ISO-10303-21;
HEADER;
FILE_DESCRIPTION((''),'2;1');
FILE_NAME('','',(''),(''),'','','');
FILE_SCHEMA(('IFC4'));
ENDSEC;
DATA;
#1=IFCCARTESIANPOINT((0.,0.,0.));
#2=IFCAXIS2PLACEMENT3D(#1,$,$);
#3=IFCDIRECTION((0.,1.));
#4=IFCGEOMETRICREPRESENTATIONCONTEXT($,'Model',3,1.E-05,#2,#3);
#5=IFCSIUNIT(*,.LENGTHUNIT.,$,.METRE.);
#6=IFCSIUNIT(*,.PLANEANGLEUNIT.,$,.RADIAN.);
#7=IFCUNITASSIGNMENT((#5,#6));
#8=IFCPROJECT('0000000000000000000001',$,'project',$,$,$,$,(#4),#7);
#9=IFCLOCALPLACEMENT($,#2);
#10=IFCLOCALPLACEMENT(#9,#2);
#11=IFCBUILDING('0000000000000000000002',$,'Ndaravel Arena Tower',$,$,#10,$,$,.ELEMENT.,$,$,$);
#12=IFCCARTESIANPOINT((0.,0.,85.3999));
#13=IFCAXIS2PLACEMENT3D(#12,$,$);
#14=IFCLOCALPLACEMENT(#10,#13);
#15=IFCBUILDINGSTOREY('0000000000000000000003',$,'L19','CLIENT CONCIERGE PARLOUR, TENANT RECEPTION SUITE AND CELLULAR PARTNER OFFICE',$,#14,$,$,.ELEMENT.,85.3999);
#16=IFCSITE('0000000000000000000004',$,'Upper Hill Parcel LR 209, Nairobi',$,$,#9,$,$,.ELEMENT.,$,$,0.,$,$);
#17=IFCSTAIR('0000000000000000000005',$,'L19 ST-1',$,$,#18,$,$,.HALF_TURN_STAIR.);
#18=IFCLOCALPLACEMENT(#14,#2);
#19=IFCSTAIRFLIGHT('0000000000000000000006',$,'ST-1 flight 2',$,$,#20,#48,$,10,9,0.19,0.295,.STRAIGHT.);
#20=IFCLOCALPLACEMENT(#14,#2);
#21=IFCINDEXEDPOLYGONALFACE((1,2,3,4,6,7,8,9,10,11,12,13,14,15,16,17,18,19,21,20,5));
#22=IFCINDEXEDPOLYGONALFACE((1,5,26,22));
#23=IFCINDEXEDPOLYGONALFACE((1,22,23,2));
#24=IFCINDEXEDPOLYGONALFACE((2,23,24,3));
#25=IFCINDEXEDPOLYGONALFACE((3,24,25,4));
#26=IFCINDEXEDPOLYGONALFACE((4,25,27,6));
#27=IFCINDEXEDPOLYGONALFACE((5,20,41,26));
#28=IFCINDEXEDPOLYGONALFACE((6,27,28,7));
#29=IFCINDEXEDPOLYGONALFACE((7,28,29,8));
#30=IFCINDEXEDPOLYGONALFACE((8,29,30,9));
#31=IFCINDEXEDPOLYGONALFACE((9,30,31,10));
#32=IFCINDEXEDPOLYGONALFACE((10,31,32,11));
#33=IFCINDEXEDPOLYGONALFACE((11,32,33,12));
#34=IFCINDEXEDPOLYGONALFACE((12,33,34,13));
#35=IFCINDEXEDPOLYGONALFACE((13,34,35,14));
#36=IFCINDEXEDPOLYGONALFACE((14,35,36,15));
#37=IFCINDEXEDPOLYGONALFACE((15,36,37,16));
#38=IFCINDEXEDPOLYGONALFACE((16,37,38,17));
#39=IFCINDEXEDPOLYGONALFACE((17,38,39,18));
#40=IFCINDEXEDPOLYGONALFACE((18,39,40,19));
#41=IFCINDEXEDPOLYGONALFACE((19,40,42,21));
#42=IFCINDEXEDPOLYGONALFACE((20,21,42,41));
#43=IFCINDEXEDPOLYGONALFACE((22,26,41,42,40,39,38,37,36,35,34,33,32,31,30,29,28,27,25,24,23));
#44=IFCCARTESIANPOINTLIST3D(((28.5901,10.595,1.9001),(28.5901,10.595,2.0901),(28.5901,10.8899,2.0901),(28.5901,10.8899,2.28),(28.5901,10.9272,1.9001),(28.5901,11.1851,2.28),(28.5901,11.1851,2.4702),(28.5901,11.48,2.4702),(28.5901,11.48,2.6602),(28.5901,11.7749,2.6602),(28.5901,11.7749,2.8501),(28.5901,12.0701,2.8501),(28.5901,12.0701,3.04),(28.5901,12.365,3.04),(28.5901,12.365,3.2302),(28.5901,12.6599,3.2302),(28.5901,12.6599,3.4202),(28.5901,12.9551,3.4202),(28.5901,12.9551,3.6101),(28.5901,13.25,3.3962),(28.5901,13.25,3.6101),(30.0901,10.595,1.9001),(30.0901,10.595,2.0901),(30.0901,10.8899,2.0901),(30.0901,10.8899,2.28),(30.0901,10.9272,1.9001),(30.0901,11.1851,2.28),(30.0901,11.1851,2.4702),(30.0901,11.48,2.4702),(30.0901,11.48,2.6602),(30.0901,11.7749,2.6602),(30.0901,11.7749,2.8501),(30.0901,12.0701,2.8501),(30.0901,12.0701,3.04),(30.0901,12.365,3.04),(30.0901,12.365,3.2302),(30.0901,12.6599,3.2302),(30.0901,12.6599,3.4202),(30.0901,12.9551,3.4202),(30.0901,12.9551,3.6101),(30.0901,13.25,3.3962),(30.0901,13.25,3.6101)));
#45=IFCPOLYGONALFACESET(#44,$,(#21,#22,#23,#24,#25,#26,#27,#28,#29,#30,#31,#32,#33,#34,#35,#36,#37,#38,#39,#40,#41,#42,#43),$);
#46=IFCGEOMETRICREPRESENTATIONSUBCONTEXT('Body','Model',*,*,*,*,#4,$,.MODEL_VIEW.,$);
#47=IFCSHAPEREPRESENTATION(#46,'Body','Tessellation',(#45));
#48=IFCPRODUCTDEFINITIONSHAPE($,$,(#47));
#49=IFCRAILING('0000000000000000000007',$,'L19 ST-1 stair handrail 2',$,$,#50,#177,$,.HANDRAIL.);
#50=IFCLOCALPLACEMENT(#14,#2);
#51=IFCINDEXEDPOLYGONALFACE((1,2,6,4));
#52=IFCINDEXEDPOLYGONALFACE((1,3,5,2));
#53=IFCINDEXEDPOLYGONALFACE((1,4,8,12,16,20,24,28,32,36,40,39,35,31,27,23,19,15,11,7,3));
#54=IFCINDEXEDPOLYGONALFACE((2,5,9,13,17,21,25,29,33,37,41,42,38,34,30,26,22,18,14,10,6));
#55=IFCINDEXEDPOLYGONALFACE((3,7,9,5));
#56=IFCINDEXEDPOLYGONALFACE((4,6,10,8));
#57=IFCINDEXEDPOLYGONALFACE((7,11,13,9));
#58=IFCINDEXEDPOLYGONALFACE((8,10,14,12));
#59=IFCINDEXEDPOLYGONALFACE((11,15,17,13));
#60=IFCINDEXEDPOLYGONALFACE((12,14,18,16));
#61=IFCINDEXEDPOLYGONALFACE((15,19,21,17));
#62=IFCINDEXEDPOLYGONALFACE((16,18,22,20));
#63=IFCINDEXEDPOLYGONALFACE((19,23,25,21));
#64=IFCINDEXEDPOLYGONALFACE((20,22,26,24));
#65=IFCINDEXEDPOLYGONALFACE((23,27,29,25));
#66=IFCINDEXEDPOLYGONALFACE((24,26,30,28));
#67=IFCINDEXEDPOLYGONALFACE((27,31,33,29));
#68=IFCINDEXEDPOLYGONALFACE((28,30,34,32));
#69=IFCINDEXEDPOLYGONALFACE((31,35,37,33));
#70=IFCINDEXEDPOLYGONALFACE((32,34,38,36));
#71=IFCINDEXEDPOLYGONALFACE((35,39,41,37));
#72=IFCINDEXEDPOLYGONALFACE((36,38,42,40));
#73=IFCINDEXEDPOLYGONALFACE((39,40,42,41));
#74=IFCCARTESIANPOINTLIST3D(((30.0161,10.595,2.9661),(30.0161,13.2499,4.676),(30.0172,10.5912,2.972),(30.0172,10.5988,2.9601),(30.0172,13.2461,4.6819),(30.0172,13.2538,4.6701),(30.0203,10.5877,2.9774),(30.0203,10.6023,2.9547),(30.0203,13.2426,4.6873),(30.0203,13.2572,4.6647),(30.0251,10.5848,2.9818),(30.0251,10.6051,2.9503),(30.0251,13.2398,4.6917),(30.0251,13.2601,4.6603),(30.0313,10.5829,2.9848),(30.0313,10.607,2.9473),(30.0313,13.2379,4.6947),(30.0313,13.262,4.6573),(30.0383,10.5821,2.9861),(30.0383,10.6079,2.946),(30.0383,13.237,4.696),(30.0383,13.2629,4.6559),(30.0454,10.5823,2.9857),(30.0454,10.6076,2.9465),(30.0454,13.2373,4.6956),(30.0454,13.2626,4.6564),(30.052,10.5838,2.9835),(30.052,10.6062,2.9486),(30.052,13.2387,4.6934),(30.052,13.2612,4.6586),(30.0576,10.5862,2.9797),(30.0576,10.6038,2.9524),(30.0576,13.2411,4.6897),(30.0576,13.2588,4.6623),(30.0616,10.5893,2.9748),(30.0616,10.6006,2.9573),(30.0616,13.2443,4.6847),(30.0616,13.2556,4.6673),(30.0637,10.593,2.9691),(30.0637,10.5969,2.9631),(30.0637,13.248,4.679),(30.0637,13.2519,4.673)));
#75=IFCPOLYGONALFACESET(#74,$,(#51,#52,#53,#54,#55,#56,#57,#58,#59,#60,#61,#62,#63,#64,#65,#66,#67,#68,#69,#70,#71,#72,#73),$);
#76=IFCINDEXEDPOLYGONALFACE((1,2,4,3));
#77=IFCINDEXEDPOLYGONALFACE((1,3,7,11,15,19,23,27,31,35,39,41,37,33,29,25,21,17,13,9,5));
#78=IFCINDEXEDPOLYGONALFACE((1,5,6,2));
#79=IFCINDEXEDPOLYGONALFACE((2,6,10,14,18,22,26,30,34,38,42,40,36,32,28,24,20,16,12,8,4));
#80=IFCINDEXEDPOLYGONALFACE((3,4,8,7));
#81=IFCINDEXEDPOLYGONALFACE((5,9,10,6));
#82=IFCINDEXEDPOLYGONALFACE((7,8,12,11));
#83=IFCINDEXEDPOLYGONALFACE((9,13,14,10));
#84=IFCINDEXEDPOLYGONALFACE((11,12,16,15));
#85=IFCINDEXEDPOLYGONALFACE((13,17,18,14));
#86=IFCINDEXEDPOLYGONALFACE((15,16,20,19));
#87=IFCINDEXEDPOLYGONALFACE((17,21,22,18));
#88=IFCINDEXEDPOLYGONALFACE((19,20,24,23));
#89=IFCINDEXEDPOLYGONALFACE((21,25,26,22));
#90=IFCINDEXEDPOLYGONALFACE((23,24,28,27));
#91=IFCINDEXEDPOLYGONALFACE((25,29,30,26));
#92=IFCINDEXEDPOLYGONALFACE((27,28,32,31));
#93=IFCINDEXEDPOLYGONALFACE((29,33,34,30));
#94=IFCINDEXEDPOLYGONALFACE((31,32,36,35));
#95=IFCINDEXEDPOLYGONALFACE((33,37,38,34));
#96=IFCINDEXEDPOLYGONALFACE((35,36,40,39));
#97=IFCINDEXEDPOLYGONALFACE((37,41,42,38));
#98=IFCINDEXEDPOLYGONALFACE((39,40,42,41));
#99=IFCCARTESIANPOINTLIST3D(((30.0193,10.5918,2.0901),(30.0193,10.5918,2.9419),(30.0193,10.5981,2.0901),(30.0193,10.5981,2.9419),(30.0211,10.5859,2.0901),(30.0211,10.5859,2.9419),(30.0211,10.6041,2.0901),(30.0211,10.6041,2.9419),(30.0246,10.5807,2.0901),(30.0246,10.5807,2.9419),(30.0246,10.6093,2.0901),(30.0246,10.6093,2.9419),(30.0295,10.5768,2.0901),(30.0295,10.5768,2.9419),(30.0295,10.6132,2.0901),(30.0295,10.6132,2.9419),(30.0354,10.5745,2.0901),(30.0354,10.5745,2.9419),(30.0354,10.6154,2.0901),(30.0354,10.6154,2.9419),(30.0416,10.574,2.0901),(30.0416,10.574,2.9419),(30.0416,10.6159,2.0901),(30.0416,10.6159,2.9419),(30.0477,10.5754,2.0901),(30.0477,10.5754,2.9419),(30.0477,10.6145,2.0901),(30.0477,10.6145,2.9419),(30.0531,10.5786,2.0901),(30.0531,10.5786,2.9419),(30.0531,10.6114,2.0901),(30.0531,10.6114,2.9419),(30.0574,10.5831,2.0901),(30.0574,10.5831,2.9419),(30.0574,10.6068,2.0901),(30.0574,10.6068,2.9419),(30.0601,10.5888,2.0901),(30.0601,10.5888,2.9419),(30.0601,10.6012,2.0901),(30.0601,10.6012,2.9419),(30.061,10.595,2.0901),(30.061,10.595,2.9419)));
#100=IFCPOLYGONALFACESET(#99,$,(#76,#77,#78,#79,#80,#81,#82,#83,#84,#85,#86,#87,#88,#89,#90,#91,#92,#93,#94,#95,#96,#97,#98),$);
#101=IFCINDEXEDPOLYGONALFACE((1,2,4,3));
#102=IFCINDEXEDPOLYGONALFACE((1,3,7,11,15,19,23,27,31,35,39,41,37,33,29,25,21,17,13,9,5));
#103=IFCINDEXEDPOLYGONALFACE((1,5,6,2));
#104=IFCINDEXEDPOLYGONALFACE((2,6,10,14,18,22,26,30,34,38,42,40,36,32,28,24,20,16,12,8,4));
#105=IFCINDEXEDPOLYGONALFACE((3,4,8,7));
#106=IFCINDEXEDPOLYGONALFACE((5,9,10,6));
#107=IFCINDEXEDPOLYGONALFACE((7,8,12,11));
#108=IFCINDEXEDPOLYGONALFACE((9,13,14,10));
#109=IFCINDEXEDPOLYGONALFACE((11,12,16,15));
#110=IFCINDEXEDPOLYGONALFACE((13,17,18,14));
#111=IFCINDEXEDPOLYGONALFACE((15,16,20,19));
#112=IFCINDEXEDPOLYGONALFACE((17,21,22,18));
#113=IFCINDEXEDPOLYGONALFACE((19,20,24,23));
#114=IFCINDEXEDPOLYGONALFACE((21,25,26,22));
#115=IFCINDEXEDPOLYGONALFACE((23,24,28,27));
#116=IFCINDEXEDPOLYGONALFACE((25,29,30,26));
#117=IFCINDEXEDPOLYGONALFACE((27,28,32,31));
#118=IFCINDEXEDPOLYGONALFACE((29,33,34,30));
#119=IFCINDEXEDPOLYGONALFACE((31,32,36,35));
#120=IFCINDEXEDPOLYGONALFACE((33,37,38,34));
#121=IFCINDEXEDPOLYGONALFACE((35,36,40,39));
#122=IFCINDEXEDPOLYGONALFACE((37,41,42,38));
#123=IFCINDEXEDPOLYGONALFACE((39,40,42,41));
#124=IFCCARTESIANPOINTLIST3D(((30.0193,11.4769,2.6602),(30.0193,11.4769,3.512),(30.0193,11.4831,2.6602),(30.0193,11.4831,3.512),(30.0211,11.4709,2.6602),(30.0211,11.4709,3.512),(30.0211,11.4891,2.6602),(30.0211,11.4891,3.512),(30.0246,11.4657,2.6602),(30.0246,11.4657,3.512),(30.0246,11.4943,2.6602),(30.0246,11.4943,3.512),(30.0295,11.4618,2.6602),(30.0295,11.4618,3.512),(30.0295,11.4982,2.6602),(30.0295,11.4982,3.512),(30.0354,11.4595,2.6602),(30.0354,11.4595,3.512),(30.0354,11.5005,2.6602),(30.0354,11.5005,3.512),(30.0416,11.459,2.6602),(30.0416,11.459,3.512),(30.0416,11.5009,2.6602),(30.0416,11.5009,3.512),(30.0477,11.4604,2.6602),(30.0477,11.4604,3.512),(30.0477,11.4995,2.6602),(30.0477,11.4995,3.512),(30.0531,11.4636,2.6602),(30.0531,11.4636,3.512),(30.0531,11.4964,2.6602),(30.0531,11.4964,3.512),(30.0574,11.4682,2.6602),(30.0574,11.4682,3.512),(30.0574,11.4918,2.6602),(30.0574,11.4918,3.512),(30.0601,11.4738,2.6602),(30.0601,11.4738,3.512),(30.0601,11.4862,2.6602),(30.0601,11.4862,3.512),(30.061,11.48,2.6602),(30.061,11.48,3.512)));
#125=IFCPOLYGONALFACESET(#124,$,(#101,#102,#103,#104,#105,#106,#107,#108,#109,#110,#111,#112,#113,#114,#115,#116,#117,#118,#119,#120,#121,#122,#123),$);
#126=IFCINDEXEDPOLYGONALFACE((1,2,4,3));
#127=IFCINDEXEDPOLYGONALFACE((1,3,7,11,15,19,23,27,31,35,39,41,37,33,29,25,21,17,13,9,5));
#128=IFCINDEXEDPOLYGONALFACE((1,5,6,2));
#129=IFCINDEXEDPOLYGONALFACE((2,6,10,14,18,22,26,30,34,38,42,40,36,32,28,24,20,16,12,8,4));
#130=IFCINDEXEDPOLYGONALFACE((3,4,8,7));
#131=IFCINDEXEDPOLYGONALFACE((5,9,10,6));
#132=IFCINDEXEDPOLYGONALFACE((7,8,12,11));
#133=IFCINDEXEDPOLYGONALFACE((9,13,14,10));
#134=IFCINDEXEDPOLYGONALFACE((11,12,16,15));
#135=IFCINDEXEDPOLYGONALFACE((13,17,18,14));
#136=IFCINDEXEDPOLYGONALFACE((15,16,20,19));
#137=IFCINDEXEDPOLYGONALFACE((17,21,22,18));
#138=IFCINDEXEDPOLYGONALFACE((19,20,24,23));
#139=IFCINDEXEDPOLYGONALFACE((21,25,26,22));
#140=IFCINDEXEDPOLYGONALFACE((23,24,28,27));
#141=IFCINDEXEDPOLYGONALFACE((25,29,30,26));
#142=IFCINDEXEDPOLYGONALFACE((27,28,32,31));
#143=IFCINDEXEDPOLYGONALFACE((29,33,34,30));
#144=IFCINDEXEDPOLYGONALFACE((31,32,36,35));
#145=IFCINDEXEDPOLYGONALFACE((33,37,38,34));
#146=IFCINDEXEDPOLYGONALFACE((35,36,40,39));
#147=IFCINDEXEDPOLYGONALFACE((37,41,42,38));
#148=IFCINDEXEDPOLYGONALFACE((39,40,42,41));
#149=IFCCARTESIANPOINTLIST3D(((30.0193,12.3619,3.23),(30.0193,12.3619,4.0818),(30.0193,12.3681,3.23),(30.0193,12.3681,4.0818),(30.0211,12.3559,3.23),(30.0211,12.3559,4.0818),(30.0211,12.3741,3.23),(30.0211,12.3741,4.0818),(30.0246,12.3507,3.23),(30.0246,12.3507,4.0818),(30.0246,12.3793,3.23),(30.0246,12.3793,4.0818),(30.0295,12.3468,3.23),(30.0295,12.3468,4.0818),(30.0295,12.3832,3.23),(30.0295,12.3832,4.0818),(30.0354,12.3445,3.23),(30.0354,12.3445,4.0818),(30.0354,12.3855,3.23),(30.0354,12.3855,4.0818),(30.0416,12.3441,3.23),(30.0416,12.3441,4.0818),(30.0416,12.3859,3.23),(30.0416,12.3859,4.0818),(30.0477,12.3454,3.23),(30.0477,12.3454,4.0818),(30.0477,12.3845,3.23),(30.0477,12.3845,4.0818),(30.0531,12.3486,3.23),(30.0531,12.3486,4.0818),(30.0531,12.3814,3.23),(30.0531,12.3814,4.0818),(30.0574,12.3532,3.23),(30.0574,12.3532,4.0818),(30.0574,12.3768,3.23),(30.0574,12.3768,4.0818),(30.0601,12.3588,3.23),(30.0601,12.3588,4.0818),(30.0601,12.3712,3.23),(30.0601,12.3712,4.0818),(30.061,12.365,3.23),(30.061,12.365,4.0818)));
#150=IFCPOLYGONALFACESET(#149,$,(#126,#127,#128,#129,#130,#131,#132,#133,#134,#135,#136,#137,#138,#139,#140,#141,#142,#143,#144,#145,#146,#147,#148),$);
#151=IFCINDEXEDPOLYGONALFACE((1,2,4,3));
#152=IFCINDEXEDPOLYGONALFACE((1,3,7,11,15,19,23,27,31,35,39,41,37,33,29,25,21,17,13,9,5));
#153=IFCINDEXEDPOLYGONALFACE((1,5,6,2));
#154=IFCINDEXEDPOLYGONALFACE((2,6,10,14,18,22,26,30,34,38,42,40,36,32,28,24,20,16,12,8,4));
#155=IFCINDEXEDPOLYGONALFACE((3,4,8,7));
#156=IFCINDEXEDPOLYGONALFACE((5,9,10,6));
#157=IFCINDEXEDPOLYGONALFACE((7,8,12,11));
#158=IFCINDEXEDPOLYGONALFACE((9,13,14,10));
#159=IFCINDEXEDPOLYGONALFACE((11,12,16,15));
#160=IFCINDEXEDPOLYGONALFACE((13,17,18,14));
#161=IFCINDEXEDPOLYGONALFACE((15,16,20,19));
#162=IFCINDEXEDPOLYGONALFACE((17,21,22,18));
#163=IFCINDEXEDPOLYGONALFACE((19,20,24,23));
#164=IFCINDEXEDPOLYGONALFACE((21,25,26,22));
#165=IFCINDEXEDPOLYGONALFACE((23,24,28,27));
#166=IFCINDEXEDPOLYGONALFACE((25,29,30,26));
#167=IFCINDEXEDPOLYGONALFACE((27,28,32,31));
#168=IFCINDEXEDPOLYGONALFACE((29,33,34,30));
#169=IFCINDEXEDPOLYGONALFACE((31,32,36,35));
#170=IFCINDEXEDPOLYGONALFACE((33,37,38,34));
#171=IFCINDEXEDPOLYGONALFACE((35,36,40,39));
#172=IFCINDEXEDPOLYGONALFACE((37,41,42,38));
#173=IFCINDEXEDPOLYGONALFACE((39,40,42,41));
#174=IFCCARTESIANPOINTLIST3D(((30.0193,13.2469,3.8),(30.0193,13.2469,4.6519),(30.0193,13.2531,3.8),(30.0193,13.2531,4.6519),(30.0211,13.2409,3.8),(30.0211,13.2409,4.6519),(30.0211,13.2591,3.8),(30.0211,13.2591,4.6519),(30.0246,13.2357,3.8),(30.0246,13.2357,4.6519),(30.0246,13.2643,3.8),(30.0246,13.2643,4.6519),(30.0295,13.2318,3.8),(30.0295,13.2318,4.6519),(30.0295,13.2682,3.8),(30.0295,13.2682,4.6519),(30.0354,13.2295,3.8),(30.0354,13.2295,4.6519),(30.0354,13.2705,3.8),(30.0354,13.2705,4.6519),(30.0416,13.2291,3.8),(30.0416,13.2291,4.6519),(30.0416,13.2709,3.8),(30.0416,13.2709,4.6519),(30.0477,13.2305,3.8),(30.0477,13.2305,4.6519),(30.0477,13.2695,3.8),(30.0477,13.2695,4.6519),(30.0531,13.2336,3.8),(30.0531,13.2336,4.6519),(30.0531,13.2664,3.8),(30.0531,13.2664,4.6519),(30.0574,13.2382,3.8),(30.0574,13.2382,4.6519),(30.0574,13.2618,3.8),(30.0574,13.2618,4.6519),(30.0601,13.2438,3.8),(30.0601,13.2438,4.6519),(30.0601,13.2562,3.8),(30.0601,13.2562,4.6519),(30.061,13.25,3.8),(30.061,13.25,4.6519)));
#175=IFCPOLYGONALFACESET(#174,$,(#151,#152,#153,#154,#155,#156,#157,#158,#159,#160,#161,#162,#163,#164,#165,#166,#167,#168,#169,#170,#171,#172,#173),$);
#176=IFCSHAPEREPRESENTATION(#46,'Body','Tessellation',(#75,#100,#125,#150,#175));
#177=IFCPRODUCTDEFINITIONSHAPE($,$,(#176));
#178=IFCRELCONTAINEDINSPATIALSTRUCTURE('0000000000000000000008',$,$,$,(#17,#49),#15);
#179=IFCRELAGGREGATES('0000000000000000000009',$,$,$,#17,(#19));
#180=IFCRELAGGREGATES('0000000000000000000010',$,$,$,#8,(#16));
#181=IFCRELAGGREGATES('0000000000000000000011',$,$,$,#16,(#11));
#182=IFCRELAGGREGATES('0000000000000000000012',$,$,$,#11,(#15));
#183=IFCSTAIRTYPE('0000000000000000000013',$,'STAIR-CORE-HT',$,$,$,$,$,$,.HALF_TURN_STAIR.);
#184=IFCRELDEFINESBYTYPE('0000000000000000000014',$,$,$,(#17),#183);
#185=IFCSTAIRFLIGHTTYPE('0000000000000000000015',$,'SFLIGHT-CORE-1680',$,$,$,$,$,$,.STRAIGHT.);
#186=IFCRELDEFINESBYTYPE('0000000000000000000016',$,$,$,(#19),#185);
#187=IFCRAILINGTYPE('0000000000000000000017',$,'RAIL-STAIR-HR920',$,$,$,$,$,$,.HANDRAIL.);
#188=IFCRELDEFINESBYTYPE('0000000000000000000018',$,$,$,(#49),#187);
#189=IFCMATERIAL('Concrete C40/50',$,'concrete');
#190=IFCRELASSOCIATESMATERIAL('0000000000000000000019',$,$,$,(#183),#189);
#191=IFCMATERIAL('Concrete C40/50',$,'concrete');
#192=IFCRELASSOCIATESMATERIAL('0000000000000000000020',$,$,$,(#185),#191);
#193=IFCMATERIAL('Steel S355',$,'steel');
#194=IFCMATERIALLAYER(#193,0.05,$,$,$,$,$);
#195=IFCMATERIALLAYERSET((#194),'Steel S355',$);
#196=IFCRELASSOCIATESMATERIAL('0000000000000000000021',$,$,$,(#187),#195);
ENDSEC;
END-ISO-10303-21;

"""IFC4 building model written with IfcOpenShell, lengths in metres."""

from ifc_helpers import new_model, si_unit, direction, frame, origin, origin_2d, place, context, subcontext, project, spatial, polyline, circle, outline, extrude, material, layer, layer_set, type_object, element, aggregate, save


model = new_model("IFC4")

# Units and contexts
model_context = context("Model", 3, precision=1e-05, world=origin(), true_north=direction((0.0, 1.0)))
body_context = subcontext(model_context, "Body", "Model", "MODEL_VIEW")
ifc_project = project(units=[si_unit("LENGTHUNIT", "METRE"), si_unit("PLANEANGLEUNIT", "RADIAN")], contexts=[model_context])

# Site, building, storey
site_placement = place(None, origin())
site = spatial("IfcSite", under=ifc_project, at=site_placement, Name="Upper Hill Parcel LR 209, Nairobi", CompositionType="ELEMENT", RefElevation=0.0)
building_placement = place(site_placement, origin())
building = spatial("IfcBuilding", under=site, at=building_placement, Name="Ndaravel Arena Tower", CompositionType="ELEMENT")
storey_placement = place(building_placement, frame((0.0, 0.0, 85.3999)))
storey = spatial("IfcBuildingStorey", under=building, at=storey_placement, Name="L19", Description="CLIENT CONCIERGE PARLOUR, TENANT RECEPTION SUITE AND CELLULAR PARTNER OFFICE", CompositionType="ELEMENT", Elevation=85.3999)

# Stair, stair flight
ifc_material_1 = material(Name="Concrete C40/50", Category="concrete")
stair_type = type_object("IfcStairType", Name="STAIR-CORE-HT", PredefinedType="HALF_TURN_STAIR", material=ifc_material_1)
stair_placement = place(storey_placement, origin())
stair = element("IfcStair", 1, at=stair_placement, inside=storey, type_object=stair_type, Name="L19 ST-1", PredefinedType="HALF_TURN_STAIR")
ifc_material_2 = material(Name="Concrete C40/50", Category="concrete")
stair_flight_type = type_object("IfcStairFlightType", Name="SFLIGHT-CORE-1680", PredefinedType="STRAIGHT", material=ifc_material_2)
stair_flight_placement = place(storey_placement, frame((29.3401, 10.595, 1.9001), z_axis=(0.0, 0.0, 1.0), x_axis=(0.0, 1.0, 0.0)))
stair_flight = element("IfcStairFlight", 2, at=stair_flight_placement, type_object=stair_flight_type, Name="ST-1 flight 2", NumberOfRisers=10, NumberOfTreads=9, PredefinedType="STRAIGHT", RiserHeight=0.19, TreadLength=0.295, context=body_context, shape_type="SweptSolid", body=[
    extrude(outline(polyline([(0.0, 0.0), (0.0, 0.1899), (0.2949, 0.1899), (0.2949, 0.3799), (0.5901, 0.3799), (0.5901, 0.5701), (0.885, 0.5701), (0.885, 0.76), (1.1799, 0.76), (1.1799, 0.95), (1.4751, 0.95), (1.4751, 1.1399), (1.77, 1.1399), (1.77, 1.3301), (2.0649, 1.3301), (2.0649, 1.52), (2.3601, 1.52), (2.3601, 1.71), (2.655, 1.71), (2.655, 1.8999), (2.655, 1.4961), (0.3323, 0.0), (0.0, 0.0)])), frame((0.0, 0.75, 0.0), z_axis=(0.0, -1.0, 0.0), x_axis=(1.0, 0.0, 0.0)), (0.0, 0.0, 1.0), 1.5),
])
aggregate(stair, [stair_flight])

# Railing
ifc_material_3 = material(Name="Steel S355", Category="steel")
ifc_layer_1 = layer(ifc_material_3, 0.05)
ifc_layer_set_1 = layer_set([ifc_layer_1], Name="Steel S355")
railing_type_1 = type_object("IfcRailingType", Name="RAIL-STAIR-HR920", PredefinedType="HANDRAIL", material=ifc_layer_set_1)
railing_1_placement = place(storey_placement, frame((30.04, 10.595, 2.0901)))
element("IfcRailing", 3, at=railing_1_placement, inside=storey, type_object=railing_type_1, Name="L19 ST-1 stair handrail 2", PredefinedType="HANDRAIL", context=body_context, shape_type="SweptSolid", body=[
    extrude(circle(Radius=0.0239, at=origin_2d()), frame((0.0, 0.0, 0.876), z_axis=(0.0, 0.840724, 0.541465), x_axis=(-1.0, 0.0, 0.0)), (0.0, 0.0, 1.0), 3.158),
    extrude(circle(Radius=0.021, at=origin_2d()), origin(), (0.0, 0.0, 1.0), 0.8518),
    extrude(circle(Radius=0.021, at=origin_2d()), frame((0.0, 0.885, 0.5701)), (0.0, 0.0, 1.0), 0.8518),
    extrude(circle(Radius=0.021, at=origin_2d()), frame((0.0, 1.77, 1.1399)), (0.0, 0.0, 1.0), 0.8518),
    extrude(circle(Radius=0.021, at=origin_2d()), frame((0.0, 2.655, 1.71)), (0.0, 0.0, 1.0), 0.8518),
])

save(model, "model.ifc")
